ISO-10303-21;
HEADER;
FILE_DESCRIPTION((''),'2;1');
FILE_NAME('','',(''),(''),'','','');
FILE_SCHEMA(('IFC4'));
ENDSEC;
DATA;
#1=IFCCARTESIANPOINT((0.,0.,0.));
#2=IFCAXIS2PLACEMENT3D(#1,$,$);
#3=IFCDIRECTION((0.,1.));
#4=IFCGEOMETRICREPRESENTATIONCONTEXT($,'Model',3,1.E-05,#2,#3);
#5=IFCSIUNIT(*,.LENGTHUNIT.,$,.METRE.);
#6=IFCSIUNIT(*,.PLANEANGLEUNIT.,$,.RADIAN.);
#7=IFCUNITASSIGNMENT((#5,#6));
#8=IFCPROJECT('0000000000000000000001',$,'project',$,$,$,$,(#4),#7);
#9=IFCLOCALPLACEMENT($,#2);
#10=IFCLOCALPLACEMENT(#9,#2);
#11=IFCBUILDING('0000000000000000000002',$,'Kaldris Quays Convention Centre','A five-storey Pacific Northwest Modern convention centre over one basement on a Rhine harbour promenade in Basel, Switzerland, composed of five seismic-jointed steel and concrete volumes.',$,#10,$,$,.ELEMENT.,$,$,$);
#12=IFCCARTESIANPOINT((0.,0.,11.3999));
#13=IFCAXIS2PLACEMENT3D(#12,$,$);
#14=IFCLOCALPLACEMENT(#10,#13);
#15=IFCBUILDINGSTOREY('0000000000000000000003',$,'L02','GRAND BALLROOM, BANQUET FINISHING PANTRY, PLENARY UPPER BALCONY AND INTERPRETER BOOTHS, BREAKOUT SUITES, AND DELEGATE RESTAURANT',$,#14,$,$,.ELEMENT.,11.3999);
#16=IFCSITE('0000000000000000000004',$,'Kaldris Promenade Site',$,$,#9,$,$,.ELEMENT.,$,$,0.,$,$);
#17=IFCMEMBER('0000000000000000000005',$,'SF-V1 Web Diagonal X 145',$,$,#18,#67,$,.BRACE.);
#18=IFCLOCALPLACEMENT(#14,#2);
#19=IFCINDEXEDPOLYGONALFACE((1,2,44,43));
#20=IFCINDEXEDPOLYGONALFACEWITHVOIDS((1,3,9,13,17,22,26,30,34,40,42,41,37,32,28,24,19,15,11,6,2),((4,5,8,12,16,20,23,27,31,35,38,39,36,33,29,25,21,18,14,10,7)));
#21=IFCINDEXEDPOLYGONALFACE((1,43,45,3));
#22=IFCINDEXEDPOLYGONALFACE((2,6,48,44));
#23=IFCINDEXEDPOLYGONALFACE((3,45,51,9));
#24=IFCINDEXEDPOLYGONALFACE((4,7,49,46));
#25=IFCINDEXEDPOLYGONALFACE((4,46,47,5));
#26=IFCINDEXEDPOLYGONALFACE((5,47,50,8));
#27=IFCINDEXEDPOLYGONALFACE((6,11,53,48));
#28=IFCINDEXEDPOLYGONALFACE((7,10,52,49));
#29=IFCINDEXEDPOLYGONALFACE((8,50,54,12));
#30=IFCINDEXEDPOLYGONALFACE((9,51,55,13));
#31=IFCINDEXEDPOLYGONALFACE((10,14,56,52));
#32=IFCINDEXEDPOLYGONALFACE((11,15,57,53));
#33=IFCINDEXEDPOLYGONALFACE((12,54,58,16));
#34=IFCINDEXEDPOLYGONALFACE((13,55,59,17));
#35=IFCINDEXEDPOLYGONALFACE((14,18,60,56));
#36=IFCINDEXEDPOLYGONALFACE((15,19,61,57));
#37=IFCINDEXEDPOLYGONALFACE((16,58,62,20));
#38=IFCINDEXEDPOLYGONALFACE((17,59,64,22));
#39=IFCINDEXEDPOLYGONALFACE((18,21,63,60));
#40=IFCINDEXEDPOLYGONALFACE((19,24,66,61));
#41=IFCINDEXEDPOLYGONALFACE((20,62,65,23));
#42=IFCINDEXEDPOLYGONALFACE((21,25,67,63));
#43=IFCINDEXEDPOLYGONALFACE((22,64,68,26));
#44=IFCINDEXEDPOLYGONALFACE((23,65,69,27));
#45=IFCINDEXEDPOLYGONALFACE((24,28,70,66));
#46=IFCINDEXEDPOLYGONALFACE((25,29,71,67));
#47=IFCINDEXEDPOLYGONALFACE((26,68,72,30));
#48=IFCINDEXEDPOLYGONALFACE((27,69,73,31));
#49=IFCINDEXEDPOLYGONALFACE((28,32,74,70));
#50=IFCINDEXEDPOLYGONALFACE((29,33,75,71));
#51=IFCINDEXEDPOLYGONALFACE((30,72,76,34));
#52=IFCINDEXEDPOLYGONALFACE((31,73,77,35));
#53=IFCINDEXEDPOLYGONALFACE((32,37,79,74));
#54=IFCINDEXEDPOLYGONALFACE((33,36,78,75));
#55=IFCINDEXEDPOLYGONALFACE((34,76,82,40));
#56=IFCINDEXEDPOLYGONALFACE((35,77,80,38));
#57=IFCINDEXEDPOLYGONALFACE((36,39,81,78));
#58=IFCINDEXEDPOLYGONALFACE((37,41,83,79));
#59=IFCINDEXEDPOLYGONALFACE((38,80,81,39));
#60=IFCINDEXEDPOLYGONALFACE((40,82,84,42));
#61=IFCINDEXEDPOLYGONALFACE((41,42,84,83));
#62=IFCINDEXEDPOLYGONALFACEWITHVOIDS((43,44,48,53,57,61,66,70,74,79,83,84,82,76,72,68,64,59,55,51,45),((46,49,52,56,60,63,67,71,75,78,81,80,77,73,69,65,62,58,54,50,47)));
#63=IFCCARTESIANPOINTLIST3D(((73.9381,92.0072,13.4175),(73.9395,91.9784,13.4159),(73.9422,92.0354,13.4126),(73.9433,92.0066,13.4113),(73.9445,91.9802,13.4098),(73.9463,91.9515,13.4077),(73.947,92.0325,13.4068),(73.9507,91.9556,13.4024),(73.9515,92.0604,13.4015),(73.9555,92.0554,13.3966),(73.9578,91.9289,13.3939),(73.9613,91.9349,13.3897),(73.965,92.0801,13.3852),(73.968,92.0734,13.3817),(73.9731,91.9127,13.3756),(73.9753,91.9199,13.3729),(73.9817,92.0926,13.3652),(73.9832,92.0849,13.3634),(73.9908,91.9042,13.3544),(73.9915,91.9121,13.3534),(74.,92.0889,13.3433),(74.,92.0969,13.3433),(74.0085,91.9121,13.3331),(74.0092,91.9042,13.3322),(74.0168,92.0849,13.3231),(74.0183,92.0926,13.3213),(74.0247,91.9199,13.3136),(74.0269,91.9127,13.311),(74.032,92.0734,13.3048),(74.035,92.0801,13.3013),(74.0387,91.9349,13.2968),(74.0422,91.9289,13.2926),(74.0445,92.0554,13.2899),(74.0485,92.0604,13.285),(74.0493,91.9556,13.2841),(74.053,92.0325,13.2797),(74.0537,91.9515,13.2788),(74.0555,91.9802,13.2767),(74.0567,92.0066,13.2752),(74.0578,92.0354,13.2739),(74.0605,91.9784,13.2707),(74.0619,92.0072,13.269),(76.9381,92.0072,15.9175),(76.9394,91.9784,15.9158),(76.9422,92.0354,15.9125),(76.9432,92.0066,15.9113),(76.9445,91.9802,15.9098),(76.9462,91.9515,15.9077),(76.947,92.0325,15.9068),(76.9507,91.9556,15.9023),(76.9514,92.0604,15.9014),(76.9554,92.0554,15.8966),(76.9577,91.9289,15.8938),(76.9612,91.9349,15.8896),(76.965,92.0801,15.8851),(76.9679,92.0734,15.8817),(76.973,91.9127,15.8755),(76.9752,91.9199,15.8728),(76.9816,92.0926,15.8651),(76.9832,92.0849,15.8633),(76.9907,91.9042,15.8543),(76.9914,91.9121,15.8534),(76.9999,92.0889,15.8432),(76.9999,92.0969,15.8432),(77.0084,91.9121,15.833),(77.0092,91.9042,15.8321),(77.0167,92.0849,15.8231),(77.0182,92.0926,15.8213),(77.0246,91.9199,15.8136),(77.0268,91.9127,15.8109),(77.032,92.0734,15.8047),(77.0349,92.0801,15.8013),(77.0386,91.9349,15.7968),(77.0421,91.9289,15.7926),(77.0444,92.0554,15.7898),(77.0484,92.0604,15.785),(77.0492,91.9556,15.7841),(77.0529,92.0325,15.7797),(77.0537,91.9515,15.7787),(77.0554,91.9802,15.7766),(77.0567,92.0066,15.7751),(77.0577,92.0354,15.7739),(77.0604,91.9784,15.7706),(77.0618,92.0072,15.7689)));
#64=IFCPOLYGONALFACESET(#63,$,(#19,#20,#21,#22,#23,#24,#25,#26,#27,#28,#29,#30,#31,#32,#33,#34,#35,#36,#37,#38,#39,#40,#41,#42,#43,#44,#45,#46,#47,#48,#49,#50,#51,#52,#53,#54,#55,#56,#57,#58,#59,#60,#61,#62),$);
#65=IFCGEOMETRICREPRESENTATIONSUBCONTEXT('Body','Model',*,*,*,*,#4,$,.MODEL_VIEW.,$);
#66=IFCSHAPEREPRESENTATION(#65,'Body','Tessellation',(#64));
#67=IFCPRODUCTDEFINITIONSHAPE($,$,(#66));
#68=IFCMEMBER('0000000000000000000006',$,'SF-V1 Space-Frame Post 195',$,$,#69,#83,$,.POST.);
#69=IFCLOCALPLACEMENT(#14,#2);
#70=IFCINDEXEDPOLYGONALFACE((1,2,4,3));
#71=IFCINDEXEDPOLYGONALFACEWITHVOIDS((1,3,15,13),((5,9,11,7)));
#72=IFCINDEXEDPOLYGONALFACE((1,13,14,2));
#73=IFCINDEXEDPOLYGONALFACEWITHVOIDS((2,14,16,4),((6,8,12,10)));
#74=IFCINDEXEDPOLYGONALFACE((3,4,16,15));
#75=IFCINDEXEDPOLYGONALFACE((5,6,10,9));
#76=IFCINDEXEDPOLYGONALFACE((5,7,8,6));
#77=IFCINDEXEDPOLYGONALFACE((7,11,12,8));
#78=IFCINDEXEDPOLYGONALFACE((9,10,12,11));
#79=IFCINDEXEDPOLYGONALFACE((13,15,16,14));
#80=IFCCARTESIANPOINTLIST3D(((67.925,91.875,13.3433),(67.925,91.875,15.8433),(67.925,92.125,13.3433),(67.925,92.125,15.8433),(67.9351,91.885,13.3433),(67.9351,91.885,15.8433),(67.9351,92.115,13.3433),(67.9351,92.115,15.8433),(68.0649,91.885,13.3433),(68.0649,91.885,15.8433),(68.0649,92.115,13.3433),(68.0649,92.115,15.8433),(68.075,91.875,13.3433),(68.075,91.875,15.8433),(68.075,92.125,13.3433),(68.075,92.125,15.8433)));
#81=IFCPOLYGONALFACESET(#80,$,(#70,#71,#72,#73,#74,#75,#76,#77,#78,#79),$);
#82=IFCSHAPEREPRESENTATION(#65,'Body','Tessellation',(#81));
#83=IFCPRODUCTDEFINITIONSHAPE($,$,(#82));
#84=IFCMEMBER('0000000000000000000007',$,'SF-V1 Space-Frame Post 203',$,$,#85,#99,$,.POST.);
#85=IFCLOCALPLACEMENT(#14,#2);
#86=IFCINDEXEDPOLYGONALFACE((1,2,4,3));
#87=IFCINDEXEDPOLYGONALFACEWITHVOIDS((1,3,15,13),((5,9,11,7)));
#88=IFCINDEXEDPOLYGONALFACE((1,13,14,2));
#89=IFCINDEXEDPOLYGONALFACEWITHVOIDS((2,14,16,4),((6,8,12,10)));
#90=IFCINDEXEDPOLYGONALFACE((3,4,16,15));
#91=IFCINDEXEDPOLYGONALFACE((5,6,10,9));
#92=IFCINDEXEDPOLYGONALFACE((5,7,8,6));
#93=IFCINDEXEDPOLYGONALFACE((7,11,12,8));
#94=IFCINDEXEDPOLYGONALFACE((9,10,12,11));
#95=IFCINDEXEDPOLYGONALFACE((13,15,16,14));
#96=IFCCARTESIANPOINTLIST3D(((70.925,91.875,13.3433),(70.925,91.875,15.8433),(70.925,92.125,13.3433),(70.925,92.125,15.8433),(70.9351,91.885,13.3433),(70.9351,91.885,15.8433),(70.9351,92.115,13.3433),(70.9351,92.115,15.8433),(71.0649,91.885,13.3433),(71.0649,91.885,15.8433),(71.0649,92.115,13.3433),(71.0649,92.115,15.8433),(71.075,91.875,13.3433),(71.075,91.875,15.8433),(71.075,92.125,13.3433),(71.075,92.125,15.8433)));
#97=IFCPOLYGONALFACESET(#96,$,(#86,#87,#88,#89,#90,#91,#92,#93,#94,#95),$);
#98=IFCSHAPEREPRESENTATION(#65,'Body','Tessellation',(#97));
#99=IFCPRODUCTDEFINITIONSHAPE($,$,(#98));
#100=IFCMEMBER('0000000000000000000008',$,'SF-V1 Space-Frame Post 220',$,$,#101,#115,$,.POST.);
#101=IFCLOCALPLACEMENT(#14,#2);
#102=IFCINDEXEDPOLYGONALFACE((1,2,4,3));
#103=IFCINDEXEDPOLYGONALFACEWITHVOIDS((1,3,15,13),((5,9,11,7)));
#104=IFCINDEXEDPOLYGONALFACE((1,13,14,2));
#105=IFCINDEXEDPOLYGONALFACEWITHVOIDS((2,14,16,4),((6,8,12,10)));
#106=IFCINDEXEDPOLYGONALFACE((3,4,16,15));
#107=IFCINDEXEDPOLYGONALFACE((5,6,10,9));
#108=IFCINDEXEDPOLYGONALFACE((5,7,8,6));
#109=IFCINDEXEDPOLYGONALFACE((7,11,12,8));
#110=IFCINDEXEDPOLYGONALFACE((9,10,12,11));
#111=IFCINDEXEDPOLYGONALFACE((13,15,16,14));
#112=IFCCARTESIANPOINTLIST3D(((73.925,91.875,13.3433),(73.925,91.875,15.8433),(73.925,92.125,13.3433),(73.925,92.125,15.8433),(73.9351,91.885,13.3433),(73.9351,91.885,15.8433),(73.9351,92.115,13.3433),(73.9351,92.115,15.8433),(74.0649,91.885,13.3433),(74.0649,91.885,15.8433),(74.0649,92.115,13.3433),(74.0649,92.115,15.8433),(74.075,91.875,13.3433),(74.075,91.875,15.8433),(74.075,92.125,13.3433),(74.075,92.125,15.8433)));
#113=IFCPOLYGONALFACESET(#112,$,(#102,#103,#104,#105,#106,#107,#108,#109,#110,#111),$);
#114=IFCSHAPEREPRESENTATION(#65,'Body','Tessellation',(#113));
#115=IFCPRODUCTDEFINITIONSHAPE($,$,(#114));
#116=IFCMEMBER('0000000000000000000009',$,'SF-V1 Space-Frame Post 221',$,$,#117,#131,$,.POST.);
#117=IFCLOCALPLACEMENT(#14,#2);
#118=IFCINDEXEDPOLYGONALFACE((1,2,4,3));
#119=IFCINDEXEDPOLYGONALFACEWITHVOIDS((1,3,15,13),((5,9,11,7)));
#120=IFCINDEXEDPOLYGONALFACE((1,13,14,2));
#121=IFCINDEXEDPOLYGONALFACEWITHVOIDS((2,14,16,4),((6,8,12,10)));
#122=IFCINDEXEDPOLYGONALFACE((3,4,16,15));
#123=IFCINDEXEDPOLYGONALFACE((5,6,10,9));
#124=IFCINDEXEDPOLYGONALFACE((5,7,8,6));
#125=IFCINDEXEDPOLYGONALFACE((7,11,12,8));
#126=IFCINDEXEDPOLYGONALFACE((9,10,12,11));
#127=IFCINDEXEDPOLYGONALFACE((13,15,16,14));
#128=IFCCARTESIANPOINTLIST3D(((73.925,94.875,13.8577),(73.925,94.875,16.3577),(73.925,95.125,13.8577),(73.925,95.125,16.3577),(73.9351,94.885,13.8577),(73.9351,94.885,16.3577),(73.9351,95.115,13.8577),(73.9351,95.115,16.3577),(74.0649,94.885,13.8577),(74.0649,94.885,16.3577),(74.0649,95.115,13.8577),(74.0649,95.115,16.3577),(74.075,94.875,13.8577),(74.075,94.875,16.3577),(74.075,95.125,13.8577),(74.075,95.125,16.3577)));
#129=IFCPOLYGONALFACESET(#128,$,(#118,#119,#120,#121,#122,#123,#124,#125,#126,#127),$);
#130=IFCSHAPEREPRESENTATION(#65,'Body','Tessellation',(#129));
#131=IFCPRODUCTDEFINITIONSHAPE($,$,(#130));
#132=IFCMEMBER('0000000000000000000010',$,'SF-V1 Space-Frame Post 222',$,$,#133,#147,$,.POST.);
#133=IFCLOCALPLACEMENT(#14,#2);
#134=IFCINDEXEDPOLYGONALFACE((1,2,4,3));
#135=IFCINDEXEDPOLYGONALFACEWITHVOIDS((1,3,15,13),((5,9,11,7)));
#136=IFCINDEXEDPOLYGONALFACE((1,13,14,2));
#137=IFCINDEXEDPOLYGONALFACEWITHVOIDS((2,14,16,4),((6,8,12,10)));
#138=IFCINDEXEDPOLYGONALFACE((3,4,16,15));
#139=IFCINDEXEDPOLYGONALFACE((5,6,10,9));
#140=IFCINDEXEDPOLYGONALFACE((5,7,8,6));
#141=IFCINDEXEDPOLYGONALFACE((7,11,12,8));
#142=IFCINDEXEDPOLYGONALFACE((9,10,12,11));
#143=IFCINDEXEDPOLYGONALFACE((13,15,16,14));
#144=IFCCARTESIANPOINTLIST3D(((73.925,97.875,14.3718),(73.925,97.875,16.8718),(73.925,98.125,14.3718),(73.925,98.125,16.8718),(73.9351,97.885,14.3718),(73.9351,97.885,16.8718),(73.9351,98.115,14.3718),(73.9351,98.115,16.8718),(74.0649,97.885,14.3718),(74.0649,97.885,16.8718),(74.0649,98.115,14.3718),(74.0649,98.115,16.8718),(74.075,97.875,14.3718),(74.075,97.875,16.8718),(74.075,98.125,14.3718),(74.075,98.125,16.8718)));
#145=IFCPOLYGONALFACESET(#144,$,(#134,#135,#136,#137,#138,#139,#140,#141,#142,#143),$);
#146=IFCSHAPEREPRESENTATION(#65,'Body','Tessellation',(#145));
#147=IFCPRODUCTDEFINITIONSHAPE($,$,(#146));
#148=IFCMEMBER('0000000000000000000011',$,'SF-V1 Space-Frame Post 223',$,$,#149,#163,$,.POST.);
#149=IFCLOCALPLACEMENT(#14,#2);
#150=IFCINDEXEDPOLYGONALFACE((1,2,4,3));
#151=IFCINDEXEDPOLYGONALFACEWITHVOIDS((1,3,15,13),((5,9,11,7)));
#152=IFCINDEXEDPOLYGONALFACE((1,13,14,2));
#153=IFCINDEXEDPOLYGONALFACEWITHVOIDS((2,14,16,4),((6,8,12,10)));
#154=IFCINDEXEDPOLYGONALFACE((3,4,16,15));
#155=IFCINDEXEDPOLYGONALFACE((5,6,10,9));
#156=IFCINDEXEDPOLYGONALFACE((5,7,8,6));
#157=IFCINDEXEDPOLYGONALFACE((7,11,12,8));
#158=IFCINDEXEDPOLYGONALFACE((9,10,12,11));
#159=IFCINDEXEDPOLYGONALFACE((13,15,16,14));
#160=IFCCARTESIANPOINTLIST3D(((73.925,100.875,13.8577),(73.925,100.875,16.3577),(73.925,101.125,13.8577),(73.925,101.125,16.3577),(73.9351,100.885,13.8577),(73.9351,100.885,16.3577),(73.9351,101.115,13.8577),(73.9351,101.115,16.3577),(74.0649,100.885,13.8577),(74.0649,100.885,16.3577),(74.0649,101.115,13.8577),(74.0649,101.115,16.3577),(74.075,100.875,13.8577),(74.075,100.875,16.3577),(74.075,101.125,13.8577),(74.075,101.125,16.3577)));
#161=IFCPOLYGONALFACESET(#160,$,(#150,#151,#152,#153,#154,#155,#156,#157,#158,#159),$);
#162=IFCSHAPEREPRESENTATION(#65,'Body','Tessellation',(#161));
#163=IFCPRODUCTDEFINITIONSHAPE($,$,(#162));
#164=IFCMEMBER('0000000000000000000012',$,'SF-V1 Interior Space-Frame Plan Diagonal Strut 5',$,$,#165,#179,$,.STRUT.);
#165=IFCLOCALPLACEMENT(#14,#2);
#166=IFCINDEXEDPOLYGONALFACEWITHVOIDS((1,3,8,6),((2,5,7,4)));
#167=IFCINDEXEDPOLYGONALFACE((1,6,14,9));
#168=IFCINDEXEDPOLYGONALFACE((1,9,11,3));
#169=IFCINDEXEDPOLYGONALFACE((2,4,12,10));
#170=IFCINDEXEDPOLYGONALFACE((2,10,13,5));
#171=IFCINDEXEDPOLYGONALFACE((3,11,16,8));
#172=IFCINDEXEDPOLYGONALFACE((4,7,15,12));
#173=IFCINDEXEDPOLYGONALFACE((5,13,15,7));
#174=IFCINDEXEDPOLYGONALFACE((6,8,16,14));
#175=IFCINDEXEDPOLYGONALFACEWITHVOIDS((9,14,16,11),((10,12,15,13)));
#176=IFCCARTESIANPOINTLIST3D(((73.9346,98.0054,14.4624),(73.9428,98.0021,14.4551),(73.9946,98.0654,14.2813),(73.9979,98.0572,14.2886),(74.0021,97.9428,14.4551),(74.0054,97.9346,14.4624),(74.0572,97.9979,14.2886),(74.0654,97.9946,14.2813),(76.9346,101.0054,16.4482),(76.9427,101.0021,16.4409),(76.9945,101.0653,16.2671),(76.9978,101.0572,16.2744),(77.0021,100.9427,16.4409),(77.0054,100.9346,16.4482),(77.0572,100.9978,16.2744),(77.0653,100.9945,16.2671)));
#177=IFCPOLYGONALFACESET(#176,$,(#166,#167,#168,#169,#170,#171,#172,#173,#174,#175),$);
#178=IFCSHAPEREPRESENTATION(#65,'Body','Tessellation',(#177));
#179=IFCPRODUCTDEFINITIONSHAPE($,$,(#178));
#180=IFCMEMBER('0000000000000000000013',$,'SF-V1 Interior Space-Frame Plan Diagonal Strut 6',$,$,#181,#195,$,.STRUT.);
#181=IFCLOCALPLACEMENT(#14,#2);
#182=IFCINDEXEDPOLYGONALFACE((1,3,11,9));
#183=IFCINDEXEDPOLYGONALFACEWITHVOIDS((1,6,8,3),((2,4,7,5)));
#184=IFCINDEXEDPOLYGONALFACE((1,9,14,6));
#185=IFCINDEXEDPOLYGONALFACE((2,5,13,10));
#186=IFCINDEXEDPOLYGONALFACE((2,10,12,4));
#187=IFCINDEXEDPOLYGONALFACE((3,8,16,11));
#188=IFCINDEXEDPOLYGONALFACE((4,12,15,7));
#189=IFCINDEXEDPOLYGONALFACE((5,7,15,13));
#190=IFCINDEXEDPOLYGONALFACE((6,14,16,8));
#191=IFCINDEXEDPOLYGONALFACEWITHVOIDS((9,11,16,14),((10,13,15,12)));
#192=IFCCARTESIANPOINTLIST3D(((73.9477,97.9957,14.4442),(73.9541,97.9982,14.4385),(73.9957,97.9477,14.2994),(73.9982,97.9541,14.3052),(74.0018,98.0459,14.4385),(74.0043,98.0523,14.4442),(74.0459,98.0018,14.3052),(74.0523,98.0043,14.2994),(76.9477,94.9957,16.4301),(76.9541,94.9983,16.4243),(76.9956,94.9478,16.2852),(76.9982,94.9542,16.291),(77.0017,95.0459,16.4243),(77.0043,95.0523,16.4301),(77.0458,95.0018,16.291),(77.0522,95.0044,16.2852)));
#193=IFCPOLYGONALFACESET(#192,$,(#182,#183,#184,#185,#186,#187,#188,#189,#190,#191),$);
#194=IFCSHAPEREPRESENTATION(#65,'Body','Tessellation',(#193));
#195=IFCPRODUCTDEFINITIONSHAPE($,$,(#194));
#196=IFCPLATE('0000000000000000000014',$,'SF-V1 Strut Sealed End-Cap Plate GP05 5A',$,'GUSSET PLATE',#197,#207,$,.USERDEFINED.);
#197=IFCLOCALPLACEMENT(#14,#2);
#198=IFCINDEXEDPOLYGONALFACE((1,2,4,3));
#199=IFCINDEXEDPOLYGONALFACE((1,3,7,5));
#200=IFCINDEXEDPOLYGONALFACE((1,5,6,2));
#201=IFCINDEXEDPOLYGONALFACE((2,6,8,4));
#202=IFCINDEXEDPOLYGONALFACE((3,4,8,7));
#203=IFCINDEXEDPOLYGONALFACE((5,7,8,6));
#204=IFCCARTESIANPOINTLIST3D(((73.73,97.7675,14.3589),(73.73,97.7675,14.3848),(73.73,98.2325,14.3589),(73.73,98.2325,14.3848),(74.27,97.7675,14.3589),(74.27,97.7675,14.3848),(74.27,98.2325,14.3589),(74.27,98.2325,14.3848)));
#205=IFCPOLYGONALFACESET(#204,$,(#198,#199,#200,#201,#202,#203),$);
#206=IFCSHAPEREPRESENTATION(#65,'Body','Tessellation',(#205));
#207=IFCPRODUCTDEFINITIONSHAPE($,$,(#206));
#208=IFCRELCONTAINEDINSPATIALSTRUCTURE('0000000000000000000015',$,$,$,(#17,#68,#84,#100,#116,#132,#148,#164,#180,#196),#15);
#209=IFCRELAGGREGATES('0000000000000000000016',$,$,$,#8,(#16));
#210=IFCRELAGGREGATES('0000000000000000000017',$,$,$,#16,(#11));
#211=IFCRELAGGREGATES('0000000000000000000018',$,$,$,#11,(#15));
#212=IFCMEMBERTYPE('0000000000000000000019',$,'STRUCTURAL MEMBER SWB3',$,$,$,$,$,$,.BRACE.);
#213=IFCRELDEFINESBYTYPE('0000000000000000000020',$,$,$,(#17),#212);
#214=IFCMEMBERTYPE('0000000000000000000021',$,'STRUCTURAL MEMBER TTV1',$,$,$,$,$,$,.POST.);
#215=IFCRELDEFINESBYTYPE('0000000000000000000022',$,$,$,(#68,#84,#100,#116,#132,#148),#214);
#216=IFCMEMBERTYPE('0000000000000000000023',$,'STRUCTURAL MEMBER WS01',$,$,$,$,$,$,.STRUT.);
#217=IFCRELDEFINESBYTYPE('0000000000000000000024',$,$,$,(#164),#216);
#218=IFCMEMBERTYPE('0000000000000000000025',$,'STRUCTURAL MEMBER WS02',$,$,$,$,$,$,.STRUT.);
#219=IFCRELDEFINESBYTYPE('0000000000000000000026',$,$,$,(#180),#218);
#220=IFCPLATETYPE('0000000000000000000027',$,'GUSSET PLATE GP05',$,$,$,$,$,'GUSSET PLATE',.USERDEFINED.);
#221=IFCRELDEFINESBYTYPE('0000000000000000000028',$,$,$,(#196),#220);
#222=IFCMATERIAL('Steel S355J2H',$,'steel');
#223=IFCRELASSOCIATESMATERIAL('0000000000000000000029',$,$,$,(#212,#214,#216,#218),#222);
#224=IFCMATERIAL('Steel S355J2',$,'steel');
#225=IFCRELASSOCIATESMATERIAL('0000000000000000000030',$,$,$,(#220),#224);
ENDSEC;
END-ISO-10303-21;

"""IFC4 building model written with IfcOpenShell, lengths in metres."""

from ifc_helpers import new_model, si_unit, direction, frame, origin, origin_2d, place, context, subcontext, project, spatial, rectangle, hollow_rectangle, hollow_circle, extrude, material, material_profile, profile_set, type_object, element, save


model = new_model("IFC4")

# Units and contexts
model_context = context("Model", 3, precision=1e-05, world=origin(), true_north=direction((0.0, 1.0)))
body_context = subcontext(model_context, "Body", "Model", "MODEL_VIEW")
ifc_project = project(units=[si_unit("LENGTHUNIT", "METRE"), si_unit("PLANEANGLEUNIT", "RADIAN")], contexts=[model_context])

# Site, building, storey
site_placement = place(None, origin())
site = spatial("IfcSite", under=ifc_project, at=site_placement, Name="Kaldris Promenade Site", CompositionType="ELEMENT", RefElevation=0.0)
building_placement = place(site_placement, origin())
building = spatial("IfcBuilding", under=site, at=building_placement, Name="Kaldris Quays Convention Centre", Description="A five-storey Pacific Northwest Modern convention centre over one basement on a Rhine harbour promenade in Basel, Switzerland, composed of five seismic-jointed steel and concrete volumes.", CompositionType="ELEMENT")
storey_placement = place(building_placement, frame((0.0, 0.0, 11.3999)))
storey = spatial("IfcBuildingStorey", under=building, at=storey_placement, Name="L02", Description="GRAND BALLROOM, BANQUET FINISHING PANTRY, PLENARY UPPER BALCONY AND INTERPRETER BOOTHS, BREAKOUT SUITES, AND DELEGATE RESTAURANT", CompositionType="ELEMENT", Elevation=11.3999)

# Members
ifc_material_1 = material(Name="Steel S355J2H", Category="steel")
ifc_material_profile_1 = material_profile(ifc_material_1, hollow_circle(Radius=0.0969, WallThickness=0.0081, at=origin_2d()), Name="CHS 193.7x8")
ifc_profile_set_1 = profile_set([ifc_material_profile_1], Name="Steel S355J2H")
member_type_1 = type_object("IfcMemberType", Name="STRUCTURAL MEMBER SWB3", PredefinedType="BRACE", material=ifc_profile_set_1)
member_1_placement = place(storey_placement, frame((74.0, 92.0, 13.3433), z_axis=(0.768221, 0.0, 0.640184), x_axis=(0.0, 1.0, 0.0)))
element("IfcMember", 1, at=member_1_placement, inside=storey, type_object=member_type_1, Name="SF-V1 Web Diagonal X 145", PredefinedType="BRACE", context=body_context, shape_type="SweptSolid", body=[
    extrude(hollow_circle(Radius=0.0969, WallThickness=0.0081, at=origin_2d()), origin(), (0.0, 0.0, 1.0), 3.905),
])
ifc_material_profile_2 = material_profile(ifc_material_1, hollow_rectangle(XDim=0.1499, YDim=0.25, WallThickness=0.01, at=origin_2d()), Name="RHS 250x150x10")
ifc_profile_set_2 = profile_set([ifc_material_profile_2], Name="Steel S355J2H")
member_type_2 = type_object("IfcMemberType", Name="STRUCTURAL MEMBER TTV1", PredefinedType="POST", material=ifc_profile_set_2)
for number, where, z_axis, x_axis, name in (
    (2, (68.0, 92.0, 13.3433), (0.0, 0.0, 1.0), (1.0, 0.0, 0.0), "SF-V1 Space-Frame Post 195"),
    (3, (71.0, 92.0, 13.3433), (0.0, 0.0, 1.0), (1.0, 0.0, 0.0), "SF-V1 Space-Frame Post 203"),
    (4, (74.0, 92.0, 13.3433), (0.0, 0.0, 1.0), (1.0, 0.0, 0.0), "SF-V1 Space-Frame Post 220"),
    (5, (74.0, 95.0, 13.8577), (0.0, 0.0, 1.0), (1.0, 0.0, 0.0), "SF-V1 Space-Frame Post 221"),
    (6, (74.0, 98.0, 14.3718), (0.0, 0.0, 1.0), (1.0, 0.0, 0.0), "SF-V1 Space-Frame Post 222"),
    (7, (74.0, 101.0, 13.8577), (0.0, 0.0, 1.0), (1.0, 0.0, 0.0), "SF-V1 Space-Frame Post 223"),
):
    element("IfcMember", number, at=place(storey_placement, frame(where, z_axis=z_axis, x_axis=x_axis)), inside=storey, type_object=member_type_2, Name=name, PredefinedType="POST", context=body_context, shape_type="SweptSolid", body=[
        extrude(hollow_rectangle(XDim=0.1499, YDim=0.25, WallThickness=0.01, at=origin_2d()), origin(), (0.0, 0.0, 1.0), 2.5),
    ])
ifc_material_profile_3 = material_profile(ifc_material_1, hollow_rectangle(XDim=0.1001, YDim=0.2, WallThickness=0.0081, at=origin_2d()), Name="RHS 200x100x8")
ifc_profile_set_3 = profile_set([ifc_material_profile_3], Name="Steel S355J2H")
member_type_3 = type_object("IfcMemberType", Name="STRUCTURAL MEMBER WS01", PredefinedType="STRUT", material=ifc_profile_set_3)
member_2_placement = place(storey_placement, frame((74.0, 98.0, 14.3718), z_axis=(0.640424, 0.640424, 0.423927), x_axis=(-0.707107, 0.707107, 0.0)))
element("IfcMember", 8, at=member_2_placement, inside=storey, type_object=member_type_3, Name="SF-V1 Interior Space-Frame Plan Diagonal Strut 5", PredefinedType="STRUT", context=body_context, shape_type="SweptSolid", body=[
    extrude(hollow_rectangle(XDim=0.1001, YDim=0.2, WallThickness=0.0081, at=origin_2d()), origin(), (0.0, 0.0, 1.0), 4.6843),
])
ifc_material_profile_4 = material_profile(ifc_material_1, hollow_rectangle(XDim=0.0801, YDim=0.1599, WallThickness=0.0063, at=origin_2d()), Name="RHS 160x80x6.3")
ifc_profile_set_4 = profile_set([ifc_material_profile_4], Name="Steel S355J2H")
member_type_4 = type_object("IfcMemberType", Name="STRUCTURAL MEMBER WS02", PredefinedType="STRUT", material=ifc_profile_set_4)
member_3_placement = place(storey_placement, frame((74.0, 98.0, 14.3718), z_axis=(0.640424, -0.640424, 0.423927), x_axis=(0.707107, 0.707107, 0.0)))
element("IfcMember", 9, at=member_3_placement, inside=storey, type_object=member_type_4, Name="SF-V1 Interior Space-Frame Plan Diagonal Strut 6", PredefinedType="STRUT", context=body_context, shape_type="SweptSolid", body=[
    extrude(hollow_rectangle(XDim=0.0801, YDim=0.1599, WallThickness=0.0063, at=origin_2d()), origin(), (0.0, 0.0, 1.0), 4.6843),
])

# Plate
ifc_material_2 = material(Name="Steel S355J2", Category="steel")
plate_type = type_object("IfcPlateType", Name="GUSSET PLATE GP05", ElementType="GUSSET PLATE", PredefinedType="USERDEFINED", material=ifc_material_2)
plate_placement = place(storey_placement, frame((74.0, 98.0, 14.3589), z_axis=(0.0, 0.0, 1.0), x_axis=(1.0, 0.0, 0.0)))
element("IfcPlate", 10, at=plate_placement, inside=storey, type_object=plate_type, Name="SF-V1 Strut Sealed End-Cap Plate GP05 5A", ObjectType="GUSSET PLATE", PredefinedType="USERDEFINED", context=body_context, shape_type="SweptSolid", body=[
    extrude(rectangle(XDim=0.54, YDim=0.4651, at=origin_2d()), origin(), (0.0, 0.0, 1.0), 0.0259),
])

save(model, "model.ifc")
